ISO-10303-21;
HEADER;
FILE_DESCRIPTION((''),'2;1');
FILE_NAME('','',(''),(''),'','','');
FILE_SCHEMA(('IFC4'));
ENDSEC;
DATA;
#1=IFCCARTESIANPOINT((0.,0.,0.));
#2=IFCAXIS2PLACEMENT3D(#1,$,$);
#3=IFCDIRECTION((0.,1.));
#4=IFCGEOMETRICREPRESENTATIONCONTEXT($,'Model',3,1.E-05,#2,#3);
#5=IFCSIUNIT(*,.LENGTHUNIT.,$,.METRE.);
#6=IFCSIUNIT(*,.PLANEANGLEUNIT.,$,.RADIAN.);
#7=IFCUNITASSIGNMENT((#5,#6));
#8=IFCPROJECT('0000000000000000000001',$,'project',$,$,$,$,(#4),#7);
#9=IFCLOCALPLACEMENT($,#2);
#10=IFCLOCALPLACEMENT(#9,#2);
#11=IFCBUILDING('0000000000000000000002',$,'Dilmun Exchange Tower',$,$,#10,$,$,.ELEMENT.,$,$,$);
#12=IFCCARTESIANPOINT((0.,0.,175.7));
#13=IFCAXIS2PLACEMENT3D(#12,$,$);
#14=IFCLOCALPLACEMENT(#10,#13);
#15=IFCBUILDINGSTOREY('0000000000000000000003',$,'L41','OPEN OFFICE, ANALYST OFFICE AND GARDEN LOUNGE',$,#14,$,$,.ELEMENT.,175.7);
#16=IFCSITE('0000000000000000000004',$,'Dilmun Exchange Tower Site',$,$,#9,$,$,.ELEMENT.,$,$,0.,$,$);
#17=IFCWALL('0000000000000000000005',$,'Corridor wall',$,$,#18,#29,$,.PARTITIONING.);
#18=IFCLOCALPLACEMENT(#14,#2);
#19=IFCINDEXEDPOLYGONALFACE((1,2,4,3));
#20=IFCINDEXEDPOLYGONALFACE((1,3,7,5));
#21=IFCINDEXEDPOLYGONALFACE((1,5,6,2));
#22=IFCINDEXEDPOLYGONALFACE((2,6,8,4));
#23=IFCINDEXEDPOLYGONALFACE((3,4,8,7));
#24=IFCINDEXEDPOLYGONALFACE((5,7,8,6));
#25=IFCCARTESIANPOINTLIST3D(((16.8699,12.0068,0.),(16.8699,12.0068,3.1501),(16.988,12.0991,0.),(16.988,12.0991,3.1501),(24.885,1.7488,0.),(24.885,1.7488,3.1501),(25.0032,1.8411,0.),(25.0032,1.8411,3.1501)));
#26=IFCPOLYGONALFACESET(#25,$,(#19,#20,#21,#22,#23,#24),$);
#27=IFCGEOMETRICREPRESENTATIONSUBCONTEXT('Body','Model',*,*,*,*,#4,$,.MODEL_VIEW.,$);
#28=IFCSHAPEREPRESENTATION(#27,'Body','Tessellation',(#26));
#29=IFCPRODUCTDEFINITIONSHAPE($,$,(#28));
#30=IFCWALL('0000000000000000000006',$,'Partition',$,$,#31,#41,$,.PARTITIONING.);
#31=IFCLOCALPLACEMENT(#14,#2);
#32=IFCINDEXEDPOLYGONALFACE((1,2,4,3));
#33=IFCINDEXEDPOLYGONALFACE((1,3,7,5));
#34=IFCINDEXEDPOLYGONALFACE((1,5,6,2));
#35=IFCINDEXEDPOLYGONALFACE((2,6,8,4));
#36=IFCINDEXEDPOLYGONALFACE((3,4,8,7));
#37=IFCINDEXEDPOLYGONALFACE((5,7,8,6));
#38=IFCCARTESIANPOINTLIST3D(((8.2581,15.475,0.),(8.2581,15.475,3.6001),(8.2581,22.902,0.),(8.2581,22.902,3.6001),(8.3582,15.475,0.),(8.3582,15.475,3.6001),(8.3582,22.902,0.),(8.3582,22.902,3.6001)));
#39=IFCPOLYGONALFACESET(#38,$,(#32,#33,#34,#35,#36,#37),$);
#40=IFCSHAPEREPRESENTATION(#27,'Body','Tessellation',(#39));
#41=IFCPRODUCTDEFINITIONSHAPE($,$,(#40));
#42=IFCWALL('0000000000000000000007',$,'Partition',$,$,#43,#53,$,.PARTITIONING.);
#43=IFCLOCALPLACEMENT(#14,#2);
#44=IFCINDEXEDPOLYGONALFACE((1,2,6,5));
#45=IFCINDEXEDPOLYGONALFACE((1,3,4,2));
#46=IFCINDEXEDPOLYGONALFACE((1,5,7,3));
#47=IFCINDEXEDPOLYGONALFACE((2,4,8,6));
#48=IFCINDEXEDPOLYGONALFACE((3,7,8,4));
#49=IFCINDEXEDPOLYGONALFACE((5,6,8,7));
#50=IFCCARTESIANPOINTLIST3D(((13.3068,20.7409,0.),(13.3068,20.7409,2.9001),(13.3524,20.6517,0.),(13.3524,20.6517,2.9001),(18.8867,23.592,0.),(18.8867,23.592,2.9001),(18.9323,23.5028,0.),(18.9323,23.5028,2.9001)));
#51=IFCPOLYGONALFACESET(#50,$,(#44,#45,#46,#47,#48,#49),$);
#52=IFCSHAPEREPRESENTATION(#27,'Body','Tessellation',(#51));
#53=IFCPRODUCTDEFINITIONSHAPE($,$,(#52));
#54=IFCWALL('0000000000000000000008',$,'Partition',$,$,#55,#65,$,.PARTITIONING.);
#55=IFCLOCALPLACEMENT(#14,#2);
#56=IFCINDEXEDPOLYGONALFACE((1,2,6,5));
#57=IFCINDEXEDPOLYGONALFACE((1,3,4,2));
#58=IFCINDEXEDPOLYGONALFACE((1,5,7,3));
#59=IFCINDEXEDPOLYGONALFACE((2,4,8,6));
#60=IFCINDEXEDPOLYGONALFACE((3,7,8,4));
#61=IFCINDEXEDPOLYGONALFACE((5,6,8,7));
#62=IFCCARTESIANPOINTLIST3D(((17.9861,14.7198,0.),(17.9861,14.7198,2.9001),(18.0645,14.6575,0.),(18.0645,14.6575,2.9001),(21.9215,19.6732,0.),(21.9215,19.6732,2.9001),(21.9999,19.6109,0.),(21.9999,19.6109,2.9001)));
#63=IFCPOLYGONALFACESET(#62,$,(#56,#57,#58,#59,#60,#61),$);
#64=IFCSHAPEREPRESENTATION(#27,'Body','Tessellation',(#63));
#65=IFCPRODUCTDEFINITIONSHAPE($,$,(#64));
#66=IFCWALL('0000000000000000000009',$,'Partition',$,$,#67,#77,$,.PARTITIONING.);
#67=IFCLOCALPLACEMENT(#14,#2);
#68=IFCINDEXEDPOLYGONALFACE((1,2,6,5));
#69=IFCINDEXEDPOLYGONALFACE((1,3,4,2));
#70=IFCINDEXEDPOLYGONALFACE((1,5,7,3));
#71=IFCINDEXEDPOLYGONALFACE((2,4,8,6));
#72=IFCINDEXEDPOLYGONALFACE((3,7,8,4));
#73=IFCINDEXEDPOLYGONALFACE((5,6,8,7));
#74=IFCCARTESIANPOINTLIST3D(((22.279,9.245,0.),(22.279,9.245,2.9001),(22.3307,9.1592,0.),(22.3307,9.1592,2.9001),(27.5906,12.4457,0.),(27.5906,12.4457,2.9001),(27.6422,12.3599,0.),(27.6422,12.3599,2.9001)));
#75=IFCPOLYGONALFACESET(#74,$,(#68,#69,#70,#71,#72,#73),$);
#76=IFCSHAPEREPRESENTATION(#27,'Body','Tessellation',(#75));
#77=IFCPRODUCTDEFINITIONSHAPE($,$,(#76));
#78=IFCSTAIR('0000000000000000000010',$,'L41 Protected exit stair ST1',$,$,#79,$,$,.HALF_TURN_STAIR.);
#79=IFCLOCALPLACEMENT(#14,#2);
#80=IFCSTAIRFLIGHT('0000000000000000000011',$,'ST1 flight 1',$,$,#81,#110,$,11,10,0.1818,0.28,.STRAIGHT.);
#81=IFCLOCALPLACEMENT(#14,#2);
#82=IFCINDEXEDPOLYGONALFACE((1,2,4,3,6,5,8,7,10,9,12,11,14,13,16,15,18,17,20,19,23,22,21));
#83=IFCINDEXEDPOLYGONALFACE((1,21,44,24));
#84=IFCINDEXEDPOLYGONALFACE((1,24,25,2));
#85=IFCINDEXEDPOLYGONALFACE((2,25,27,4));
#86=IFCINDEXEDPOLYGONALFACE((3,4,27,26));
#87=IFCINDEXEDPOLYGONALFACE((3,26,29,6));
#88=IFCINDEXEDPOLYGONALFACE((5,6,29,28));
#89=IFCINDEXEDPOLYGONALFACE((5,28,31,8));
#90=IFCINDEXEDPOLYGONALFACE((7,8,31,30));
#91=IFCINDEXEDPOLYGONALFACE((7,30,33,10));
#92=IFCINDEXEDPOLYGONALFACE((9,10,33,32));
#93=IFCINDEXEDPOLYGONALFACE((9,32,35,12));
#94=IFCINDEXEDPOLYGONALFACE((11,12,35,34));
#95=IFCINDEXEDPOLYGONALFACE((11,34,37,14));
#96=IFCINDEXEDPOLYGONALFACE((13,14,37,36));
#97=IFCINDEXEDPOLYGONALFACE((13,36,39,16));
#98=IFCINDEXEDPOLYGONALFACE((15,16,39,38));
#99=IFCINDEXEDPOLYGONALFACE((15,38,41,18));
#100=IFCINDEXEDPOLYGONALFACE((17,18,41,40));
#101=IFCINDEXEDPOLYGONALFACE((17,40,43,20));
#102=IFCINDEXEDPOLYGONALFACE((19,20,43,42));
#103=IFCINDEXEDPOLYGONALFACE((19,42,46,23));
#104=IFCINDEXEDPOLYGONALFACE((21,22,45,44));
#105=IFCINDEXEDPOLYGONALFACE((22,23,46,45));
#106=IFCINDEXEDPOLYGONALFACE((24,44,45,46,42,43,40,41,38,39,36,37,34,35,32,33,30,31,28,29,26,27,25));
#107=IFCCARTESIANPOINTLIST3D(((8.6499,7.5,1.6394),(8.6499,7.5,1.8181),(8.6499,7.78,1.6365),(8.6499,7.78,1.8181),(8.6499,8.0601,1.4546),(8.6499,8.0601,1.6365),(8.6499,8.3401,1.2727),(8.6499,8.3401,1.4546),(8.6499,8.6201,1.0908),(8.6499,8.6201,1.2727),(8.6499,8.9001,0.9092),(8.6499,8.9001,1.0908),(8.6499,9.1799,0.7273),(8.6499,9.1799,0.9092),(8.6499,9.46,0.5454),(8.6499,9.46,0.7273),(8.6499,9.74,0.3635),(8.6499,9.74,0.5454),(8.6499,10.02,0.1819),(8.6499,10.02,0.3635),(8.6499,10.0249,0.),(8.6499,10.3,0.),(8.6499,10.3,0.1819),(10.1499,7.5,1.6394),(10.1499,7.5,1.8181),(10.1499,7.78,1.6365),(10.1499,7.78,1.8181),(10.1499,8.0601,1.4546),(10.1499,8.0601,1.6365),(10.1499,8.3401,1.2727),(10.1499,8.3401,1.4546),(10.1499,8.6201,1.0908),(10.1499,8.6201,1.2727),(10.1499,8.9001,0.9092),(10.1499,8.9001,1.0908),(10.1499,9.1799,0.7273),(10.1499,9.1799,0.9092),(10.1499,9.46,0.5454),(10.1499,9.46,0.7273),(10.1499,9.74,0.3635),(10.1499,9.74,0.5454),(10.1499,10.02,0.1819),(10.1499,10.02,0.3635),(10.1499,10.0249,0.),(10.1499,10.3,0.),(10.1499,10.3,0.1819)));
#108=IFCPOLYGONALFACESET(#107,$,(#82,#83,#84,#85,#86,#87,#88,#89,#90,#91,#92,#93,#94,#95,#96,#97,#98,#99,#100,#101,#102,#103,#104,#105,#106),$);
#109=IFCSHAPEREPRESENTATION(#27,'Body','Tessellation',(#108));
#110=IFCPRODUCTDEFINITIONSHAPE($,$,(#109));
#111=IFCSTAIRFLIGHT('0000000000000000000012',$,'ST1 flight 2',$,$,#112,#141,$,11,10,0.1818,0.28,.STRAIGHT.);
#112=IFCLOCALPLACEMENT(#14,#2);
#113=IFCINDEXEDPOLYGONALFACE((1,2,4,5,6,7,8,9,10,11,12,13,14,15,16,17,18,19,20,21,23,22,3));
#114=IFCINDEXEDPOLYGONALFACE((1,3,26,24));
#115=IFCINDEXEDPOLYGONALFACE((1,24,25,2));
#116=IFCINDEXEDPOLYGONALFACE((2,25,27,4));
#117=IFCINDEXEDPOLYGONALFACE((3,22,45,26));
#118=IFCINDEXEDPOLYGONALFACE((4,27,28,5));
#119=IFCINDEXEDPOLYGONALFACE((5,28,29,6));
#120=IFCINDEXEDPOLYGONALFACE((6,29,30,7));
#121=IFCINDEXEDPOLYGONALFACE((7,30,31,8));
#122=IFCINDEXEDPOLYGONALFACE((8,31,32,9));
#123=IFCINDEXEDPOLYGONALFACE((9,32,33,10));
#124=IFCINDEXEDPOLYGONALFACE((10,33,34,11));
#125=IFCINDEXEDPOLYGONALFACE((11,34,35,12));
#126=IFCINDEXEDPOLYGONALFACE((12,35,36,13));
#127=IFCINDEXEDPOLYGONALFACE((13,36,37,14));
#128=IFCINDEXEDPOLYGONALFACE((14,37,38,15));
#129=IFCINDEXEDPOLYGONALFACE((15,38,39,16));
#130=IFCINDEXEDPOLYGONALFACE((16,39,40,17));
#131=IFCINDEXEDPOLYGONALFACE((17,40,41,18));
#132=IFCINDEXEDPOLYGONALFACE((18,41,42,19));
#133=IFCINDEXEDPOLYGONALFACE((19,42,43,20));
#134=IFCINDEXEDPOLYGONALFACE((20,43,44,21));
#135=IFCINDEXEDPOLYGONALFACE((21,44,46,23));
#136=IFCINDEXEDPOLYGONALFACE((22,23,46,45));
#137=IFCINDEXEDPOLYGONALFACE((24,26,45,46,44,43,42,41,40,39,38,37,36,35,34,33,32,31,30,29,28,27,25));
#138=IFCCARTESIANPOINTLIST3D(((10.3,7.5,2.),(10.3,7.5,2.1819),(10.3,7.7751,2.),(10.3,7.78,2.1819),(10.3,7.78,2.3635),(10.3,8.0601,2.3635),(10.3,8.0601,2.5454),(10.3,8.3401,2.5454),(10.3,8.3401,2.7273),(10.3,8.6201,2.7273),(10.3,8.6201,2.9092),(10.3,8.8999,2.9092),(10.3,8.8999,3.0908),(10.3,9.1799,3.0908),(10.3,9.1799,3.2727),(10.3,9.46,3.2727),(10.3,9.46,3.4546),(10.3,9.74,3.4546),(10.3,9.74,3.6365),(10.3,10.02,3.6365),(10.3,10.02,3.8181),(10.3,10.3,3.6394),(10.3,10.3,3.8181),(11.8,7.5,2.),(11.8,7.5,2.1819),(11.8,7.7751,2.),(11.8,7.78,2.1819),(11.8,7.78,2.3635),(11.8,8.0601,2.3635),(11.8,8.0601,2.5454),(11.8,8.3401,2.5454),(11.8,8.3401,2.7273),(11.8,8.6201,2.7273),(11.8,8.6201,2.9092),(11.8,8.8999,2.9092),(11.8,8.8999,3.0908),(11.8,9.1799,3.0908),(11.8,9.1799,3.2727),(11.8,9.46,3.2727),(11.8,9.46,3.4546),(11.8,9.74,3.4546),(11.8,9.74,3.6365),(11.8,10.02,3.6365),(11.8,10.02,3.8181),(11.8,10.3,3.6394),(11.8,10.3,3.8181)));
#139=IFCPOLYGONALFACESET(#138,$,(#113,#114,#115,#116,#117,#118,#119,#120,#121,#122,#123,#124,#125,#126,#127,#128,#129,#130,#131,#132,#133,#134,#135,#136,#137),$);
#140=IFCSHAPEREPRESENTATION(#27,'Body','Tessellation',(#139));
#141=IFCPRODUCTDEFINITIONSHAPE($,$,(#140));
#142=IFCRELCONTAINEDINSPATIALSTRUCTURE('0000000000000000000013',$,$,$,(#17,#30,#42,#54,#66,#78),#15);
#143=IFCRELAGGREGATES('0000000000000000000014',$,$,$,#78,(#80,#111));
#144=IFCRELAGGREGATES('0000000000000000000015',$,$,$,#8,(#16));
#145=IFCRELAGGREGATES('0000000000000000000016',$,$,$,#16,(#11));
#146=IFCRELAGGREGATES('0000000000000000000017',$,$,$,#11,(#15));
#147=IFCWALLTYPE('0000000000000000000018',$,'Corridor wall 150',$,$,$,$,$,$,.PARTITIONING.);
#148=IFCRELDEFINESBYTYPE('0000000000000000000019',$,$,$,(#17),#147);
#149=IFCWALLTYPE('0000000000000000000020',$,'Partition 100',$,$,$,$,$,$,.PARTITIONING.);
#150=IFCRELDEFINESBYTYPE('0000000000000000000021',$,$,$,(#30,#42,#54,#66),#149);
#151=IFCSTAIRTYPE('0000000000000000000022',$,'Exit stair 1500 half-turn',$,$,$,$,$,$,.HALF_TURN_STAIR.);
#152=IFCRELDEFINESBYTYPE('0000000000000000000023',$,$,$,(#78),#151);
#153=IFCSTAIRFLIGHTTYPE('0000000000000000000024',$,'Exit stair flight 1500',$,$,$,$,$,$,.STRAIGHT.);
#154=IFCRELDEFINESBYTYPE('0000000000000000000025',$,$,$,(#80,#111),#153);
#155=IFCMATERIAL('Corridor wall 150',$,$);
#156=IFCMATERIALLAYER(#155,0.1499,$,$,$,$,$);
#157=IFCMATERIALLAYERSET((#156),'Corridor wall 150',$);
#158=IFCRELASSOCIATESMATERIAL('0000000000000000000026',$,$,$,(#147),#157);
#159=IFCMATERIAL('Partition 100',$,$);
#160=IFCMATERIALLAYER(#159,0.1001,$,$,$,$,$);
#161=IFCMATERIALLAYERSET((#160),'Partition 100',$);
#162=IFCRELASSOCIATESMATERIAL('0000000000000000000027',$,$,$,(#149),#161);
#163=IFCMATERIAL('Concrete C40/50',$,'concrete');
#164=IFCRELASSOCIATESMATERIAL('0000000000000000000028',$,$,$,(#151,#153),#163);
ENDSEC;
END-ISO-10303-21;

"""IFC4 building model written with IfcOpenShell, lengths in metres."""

from ifc_helpers import new_model, si_unit, direction, frame, frame_2d, origin, place, context, subcontext, project, spatial, polyline, rectangle, outline, extrude, material, layer, layer_set, type_object, element, aggregate, save


model = new_model("IFC4")

# Units and contexts
model_context = context("Model", 3, precision=1e-05, world=origin(), true_north=direction((0.0, 1.0)))
body_context = subcontext(model_context, "Body", "Model", "MODEL_VIEW")
ifc_project = project(units=[si_unit("LENGTHUNIT", "METRE"), si_unit("PLANEANGLEUNIT", "RADIAN")], contexts=[model_context])

# Site, building, storey
site_placement = place(None, origin())
site = spatial("IfcSite", under=ifc_project, at=site_placement, Name="Dilmun Exchange Tower Site", CompositionType="ELEMENT", RefElevation=0.0)
building_placement = place(site_placement, origin())
building = spatial("IfcBuilding", under=site, at=building_placement, Name="Dilmun Exchange Tower", CompositionType="ELEMENT")
storey_placement = place(building_placement, frame((0.0, 0.0, 175.7)))
storey = spatial("IfcBuildingStorey", under=building, at=storey_placement, Name="L41", Description="OPEN OFFICE, ANALYST OFFICE AND GARDEN LOUNGE", CompositionType="ELEMENT", Elevation=175.7)

# Shared definitions
ifc_material_1 = material(Name="Concrete C40/50", Category="concrete")

# Shared definitions
ifc_material_2 = material(Name="Corridor wall 150")
ifc_layer_1 = layer(ifc_material_2, 0.1499)
ifc_layer_set_1 = layer_set([ifc_layer_1], Name="Corridor wall 150")
wall_type_1 = type_object("IfcWallType", Name="Corridor wall 150", PredefinedType="PARTITIONING", material=ifc_layer_set_1)

# Walls
wall_1_placement = place(storey_placement, frame((16.929, 12.053, 0.0), z_axis=(0.0, 0.0, 1.0), x_axis=(0.615693, -0.787986, 0.0)))
element("IfcWall", 1, at=wall_1_placement, inside=storey, type_object=wall_type_1, Name="Corridor wall", PredefinedType="PARTITIONING", context=body_context, shape_type="SweptSolid", body=[
    extrude(rectangle(XDim=13.0181, YDim=0.1499, at=frame_2d((6.509, 0.0))), origin(), (0.0, 0.0, 1.0), 3.1501),
])
ifc_material_3 = material(Name="Partition 100")
ifc_layer_2 = layer(ifc_material_3, 0.1001)
ifc_layer_set_2 = layer_set([ifc_layer_2], Name="Partition 100")
wall_type_2 = type_object("IfcWallType", Name="Partition 100", PredefinedType="PARTITIONING", material=ifc_layer_set_2)
wall_2_placement = place(storey_placement, frame((8.3081, 15.4751, 0.0), z_axis=(0.0, 0.0, 1.0), x_axis=(0.0, 1.0, 0.0)))
element("IfcWall", 2, at=wall_2_placement, inside=storey, type_object=wall_type_2, Name="Partition", PredefinedType="PARTITIONING", context=body_context, shape_type="SweptSolid", body=[
    extrude(rectangle(XDim=7.427, YDim=0.1001, at=frame_2d((3.7134, 0.0))), origin(), (0.0, 0.0, 1.0), 3.6001),
])
wall_3_placement = place(storey_placement, frame((13.3296, 20.6963, 0.0), z_axis=(0.0, 0.0, 1.0), x_axis=(0.890489, 0.455005, 0.0)))
element("IfcWall", 3, at=wall_3_placement, inside=storey, type_object=wall_type_2, Name="Partition", PredefinedType="PARTITIONING", context=body_context, shape_type="SweptSolid", body=[
    extrude(rectangle(XDim=6.2661, YDim=0.1001, at=frame_2d((3.1331, 0.0))), origin(), (0.0, 0.0, 1.0), 2.9001),
])
wall_4_placement = place(storey_placement, frame((18.0254, 14.6887, 0.0), z_axis=(0.0, 0.0, 1.0), x_axis=(0.622051, 0.782977, 0.0)))
element("IfcWall", 4, at=wall_4_placement, inside=storey, type_object=wall_type_2, Name="Partition", PredefinedType="PARTITIONING", context=body_context, shape_type="SweptSolid", body=[
    extrude(rectangle(XDim=6.3264, YDim=0.1001, at=frame_2d((3.1631, 0.0))), origin(), (0.0, 0.0, 1.0), 2.9001),
])
wall_5_placement = place(storey_placement, frame((22.3049, 9.2021, 0.0), z_axis=(0.0, 0.0, 1.0), x_axis=(0.856512, 0.516127, 0.0)))
element("IfcWall", 5, at=wall_5_placement, inside=storey, type_object=wall_type_2, Name="Partition", PredefinedType="PARTITIONING", context=body_context, shape_type="SweptSolid", body=[
    extrude(rectangle(XDim=6.2014, YDim=0.1001, at=frame_2d((3.1006, 0.0))), origin(), (0.0, 0.0, 1.0), 2.9001),
])

# Stair, stair flights
stair_type = type_object("IfcStairType", Name="Exit stair 1500 half-turn", PredefinedType="HALF_TURN_STAIR", material=ifc_material_1)
stair_placement = place(storey_placement, origin())
stair = element("IfcStair", 6, at=stair_placement, inside=storey, type_object=stair_type, Name="L41 Protected exit stair ST1", PredefinedType="HALF_TURN_STAIR")
stair_flight_type = type_object("IfcStairFlightType", Name="Exit stair flight 1500", PredefinedType="STRAIGHT", material=ifc_material_1)
stair_flight_1_placement = place(storey_placement, frame((9.3999, 10.3, 0.0), z_axis=(0.0, 0.0, 1.0), x_axis=(0.0, -1.0, 0.0)))
stair_flight_1 = element("IfcStairFlight", 7, at=stair_flight_1_placement, type_object=stair_flight_type, Name="ST1 flight 1", NumberOfRisers=11, NumberOfTreads=10, PredefinedType="STRAIGHT", RiserHeight=0.1818, TreadLength=0.28, context=body_context, shape_type="SweptSolid", body=[
    extrude(outline(polyline([(0.0, 0.0), (0.0, 0.1819), (0.28, 0.1819), (0.28, 0.3635), (0.5601, 0.3635), (0.5601, 0.5454), (0.8401, 0.5454), (0.8401, 0.7273), (1.1201, 0.7273), (1.1201, 0.9092), (1.3999, 0.9092), (1.3999, 1.0908), (1.6799, 1.0908), (1.6799, 1.2727), (1.96, 1.2727), (1.96, 1.4546), (2.24, 1.4546), (2.24, 1.6365), (2.52, 1.6365), (2.52, 1.8181), (2.8, 1.8181), (2.8, 2.0), (2.8, 1.6394), (0.2751, 0.0), (0.0, 0.0)])), frame((0.0, 0.75, 0.0), z_axis=(0.0, -1.0, 0.0), x_axis=(1.0, 0.0, 0.0)), (0.0, 0.0, 1.0), 1.5),
])
stair_flight_2_placement = place(storey_placement, frame((11.05, 7.5, 2.0), z_axis=(0.0, 0.0, 1.0), x_axis=(0.0, 1.0, 0.0)))
stair_flight_2 = element("IfcStairFlight", 8, at=stair_flight_2_placement, type_object=stair_flight_type, Name="ST1 flight 2", NumberOfRisers=11, NumberOfTreads=10, PredefinedType="STRAIGHT", RiserHeight=0.1818, TreadLength=0.28, context=body_context, shape_type="SweptSolid", body=[
    extrude(outline(polyline([(0.0, 0.0), (0.0, 0.1819), (0.28, 0.1819), (0.28, 0.3635), (0.5601, 0.3635), (0.5601, 0.5454), (0.8401, 0.5454), (0.8401, 0.7273), (1.1201, 0.7273), (1.1201, 0.9092), (1.3999, 0.9092), (1.3999, 1.0908), (1.6799, 1.0908), (1.6799, 1.2727), (1.96, 1.2727), (1.96, 1.4546), (2.24, 1.4546), (2.24, 1.6365), (2.52, 1.6365), (2.52, 1.8181), (2.8, 1.8181), (2.8, 2.0), (2.8, 1.6394), (0.2751, 0.0), (0.0, 0.0)])), frame((0.0, 0.75, 0.0), z_axis=(0.0, -1.0, 0.0), x_axis=(1.0, 0.0, 0.0)), (0.0, 0.0, 1.0), 1.5),
])
aggregate(stair, [stair_flight_1, stair_flight_2])

save(model, "model.ifc")
